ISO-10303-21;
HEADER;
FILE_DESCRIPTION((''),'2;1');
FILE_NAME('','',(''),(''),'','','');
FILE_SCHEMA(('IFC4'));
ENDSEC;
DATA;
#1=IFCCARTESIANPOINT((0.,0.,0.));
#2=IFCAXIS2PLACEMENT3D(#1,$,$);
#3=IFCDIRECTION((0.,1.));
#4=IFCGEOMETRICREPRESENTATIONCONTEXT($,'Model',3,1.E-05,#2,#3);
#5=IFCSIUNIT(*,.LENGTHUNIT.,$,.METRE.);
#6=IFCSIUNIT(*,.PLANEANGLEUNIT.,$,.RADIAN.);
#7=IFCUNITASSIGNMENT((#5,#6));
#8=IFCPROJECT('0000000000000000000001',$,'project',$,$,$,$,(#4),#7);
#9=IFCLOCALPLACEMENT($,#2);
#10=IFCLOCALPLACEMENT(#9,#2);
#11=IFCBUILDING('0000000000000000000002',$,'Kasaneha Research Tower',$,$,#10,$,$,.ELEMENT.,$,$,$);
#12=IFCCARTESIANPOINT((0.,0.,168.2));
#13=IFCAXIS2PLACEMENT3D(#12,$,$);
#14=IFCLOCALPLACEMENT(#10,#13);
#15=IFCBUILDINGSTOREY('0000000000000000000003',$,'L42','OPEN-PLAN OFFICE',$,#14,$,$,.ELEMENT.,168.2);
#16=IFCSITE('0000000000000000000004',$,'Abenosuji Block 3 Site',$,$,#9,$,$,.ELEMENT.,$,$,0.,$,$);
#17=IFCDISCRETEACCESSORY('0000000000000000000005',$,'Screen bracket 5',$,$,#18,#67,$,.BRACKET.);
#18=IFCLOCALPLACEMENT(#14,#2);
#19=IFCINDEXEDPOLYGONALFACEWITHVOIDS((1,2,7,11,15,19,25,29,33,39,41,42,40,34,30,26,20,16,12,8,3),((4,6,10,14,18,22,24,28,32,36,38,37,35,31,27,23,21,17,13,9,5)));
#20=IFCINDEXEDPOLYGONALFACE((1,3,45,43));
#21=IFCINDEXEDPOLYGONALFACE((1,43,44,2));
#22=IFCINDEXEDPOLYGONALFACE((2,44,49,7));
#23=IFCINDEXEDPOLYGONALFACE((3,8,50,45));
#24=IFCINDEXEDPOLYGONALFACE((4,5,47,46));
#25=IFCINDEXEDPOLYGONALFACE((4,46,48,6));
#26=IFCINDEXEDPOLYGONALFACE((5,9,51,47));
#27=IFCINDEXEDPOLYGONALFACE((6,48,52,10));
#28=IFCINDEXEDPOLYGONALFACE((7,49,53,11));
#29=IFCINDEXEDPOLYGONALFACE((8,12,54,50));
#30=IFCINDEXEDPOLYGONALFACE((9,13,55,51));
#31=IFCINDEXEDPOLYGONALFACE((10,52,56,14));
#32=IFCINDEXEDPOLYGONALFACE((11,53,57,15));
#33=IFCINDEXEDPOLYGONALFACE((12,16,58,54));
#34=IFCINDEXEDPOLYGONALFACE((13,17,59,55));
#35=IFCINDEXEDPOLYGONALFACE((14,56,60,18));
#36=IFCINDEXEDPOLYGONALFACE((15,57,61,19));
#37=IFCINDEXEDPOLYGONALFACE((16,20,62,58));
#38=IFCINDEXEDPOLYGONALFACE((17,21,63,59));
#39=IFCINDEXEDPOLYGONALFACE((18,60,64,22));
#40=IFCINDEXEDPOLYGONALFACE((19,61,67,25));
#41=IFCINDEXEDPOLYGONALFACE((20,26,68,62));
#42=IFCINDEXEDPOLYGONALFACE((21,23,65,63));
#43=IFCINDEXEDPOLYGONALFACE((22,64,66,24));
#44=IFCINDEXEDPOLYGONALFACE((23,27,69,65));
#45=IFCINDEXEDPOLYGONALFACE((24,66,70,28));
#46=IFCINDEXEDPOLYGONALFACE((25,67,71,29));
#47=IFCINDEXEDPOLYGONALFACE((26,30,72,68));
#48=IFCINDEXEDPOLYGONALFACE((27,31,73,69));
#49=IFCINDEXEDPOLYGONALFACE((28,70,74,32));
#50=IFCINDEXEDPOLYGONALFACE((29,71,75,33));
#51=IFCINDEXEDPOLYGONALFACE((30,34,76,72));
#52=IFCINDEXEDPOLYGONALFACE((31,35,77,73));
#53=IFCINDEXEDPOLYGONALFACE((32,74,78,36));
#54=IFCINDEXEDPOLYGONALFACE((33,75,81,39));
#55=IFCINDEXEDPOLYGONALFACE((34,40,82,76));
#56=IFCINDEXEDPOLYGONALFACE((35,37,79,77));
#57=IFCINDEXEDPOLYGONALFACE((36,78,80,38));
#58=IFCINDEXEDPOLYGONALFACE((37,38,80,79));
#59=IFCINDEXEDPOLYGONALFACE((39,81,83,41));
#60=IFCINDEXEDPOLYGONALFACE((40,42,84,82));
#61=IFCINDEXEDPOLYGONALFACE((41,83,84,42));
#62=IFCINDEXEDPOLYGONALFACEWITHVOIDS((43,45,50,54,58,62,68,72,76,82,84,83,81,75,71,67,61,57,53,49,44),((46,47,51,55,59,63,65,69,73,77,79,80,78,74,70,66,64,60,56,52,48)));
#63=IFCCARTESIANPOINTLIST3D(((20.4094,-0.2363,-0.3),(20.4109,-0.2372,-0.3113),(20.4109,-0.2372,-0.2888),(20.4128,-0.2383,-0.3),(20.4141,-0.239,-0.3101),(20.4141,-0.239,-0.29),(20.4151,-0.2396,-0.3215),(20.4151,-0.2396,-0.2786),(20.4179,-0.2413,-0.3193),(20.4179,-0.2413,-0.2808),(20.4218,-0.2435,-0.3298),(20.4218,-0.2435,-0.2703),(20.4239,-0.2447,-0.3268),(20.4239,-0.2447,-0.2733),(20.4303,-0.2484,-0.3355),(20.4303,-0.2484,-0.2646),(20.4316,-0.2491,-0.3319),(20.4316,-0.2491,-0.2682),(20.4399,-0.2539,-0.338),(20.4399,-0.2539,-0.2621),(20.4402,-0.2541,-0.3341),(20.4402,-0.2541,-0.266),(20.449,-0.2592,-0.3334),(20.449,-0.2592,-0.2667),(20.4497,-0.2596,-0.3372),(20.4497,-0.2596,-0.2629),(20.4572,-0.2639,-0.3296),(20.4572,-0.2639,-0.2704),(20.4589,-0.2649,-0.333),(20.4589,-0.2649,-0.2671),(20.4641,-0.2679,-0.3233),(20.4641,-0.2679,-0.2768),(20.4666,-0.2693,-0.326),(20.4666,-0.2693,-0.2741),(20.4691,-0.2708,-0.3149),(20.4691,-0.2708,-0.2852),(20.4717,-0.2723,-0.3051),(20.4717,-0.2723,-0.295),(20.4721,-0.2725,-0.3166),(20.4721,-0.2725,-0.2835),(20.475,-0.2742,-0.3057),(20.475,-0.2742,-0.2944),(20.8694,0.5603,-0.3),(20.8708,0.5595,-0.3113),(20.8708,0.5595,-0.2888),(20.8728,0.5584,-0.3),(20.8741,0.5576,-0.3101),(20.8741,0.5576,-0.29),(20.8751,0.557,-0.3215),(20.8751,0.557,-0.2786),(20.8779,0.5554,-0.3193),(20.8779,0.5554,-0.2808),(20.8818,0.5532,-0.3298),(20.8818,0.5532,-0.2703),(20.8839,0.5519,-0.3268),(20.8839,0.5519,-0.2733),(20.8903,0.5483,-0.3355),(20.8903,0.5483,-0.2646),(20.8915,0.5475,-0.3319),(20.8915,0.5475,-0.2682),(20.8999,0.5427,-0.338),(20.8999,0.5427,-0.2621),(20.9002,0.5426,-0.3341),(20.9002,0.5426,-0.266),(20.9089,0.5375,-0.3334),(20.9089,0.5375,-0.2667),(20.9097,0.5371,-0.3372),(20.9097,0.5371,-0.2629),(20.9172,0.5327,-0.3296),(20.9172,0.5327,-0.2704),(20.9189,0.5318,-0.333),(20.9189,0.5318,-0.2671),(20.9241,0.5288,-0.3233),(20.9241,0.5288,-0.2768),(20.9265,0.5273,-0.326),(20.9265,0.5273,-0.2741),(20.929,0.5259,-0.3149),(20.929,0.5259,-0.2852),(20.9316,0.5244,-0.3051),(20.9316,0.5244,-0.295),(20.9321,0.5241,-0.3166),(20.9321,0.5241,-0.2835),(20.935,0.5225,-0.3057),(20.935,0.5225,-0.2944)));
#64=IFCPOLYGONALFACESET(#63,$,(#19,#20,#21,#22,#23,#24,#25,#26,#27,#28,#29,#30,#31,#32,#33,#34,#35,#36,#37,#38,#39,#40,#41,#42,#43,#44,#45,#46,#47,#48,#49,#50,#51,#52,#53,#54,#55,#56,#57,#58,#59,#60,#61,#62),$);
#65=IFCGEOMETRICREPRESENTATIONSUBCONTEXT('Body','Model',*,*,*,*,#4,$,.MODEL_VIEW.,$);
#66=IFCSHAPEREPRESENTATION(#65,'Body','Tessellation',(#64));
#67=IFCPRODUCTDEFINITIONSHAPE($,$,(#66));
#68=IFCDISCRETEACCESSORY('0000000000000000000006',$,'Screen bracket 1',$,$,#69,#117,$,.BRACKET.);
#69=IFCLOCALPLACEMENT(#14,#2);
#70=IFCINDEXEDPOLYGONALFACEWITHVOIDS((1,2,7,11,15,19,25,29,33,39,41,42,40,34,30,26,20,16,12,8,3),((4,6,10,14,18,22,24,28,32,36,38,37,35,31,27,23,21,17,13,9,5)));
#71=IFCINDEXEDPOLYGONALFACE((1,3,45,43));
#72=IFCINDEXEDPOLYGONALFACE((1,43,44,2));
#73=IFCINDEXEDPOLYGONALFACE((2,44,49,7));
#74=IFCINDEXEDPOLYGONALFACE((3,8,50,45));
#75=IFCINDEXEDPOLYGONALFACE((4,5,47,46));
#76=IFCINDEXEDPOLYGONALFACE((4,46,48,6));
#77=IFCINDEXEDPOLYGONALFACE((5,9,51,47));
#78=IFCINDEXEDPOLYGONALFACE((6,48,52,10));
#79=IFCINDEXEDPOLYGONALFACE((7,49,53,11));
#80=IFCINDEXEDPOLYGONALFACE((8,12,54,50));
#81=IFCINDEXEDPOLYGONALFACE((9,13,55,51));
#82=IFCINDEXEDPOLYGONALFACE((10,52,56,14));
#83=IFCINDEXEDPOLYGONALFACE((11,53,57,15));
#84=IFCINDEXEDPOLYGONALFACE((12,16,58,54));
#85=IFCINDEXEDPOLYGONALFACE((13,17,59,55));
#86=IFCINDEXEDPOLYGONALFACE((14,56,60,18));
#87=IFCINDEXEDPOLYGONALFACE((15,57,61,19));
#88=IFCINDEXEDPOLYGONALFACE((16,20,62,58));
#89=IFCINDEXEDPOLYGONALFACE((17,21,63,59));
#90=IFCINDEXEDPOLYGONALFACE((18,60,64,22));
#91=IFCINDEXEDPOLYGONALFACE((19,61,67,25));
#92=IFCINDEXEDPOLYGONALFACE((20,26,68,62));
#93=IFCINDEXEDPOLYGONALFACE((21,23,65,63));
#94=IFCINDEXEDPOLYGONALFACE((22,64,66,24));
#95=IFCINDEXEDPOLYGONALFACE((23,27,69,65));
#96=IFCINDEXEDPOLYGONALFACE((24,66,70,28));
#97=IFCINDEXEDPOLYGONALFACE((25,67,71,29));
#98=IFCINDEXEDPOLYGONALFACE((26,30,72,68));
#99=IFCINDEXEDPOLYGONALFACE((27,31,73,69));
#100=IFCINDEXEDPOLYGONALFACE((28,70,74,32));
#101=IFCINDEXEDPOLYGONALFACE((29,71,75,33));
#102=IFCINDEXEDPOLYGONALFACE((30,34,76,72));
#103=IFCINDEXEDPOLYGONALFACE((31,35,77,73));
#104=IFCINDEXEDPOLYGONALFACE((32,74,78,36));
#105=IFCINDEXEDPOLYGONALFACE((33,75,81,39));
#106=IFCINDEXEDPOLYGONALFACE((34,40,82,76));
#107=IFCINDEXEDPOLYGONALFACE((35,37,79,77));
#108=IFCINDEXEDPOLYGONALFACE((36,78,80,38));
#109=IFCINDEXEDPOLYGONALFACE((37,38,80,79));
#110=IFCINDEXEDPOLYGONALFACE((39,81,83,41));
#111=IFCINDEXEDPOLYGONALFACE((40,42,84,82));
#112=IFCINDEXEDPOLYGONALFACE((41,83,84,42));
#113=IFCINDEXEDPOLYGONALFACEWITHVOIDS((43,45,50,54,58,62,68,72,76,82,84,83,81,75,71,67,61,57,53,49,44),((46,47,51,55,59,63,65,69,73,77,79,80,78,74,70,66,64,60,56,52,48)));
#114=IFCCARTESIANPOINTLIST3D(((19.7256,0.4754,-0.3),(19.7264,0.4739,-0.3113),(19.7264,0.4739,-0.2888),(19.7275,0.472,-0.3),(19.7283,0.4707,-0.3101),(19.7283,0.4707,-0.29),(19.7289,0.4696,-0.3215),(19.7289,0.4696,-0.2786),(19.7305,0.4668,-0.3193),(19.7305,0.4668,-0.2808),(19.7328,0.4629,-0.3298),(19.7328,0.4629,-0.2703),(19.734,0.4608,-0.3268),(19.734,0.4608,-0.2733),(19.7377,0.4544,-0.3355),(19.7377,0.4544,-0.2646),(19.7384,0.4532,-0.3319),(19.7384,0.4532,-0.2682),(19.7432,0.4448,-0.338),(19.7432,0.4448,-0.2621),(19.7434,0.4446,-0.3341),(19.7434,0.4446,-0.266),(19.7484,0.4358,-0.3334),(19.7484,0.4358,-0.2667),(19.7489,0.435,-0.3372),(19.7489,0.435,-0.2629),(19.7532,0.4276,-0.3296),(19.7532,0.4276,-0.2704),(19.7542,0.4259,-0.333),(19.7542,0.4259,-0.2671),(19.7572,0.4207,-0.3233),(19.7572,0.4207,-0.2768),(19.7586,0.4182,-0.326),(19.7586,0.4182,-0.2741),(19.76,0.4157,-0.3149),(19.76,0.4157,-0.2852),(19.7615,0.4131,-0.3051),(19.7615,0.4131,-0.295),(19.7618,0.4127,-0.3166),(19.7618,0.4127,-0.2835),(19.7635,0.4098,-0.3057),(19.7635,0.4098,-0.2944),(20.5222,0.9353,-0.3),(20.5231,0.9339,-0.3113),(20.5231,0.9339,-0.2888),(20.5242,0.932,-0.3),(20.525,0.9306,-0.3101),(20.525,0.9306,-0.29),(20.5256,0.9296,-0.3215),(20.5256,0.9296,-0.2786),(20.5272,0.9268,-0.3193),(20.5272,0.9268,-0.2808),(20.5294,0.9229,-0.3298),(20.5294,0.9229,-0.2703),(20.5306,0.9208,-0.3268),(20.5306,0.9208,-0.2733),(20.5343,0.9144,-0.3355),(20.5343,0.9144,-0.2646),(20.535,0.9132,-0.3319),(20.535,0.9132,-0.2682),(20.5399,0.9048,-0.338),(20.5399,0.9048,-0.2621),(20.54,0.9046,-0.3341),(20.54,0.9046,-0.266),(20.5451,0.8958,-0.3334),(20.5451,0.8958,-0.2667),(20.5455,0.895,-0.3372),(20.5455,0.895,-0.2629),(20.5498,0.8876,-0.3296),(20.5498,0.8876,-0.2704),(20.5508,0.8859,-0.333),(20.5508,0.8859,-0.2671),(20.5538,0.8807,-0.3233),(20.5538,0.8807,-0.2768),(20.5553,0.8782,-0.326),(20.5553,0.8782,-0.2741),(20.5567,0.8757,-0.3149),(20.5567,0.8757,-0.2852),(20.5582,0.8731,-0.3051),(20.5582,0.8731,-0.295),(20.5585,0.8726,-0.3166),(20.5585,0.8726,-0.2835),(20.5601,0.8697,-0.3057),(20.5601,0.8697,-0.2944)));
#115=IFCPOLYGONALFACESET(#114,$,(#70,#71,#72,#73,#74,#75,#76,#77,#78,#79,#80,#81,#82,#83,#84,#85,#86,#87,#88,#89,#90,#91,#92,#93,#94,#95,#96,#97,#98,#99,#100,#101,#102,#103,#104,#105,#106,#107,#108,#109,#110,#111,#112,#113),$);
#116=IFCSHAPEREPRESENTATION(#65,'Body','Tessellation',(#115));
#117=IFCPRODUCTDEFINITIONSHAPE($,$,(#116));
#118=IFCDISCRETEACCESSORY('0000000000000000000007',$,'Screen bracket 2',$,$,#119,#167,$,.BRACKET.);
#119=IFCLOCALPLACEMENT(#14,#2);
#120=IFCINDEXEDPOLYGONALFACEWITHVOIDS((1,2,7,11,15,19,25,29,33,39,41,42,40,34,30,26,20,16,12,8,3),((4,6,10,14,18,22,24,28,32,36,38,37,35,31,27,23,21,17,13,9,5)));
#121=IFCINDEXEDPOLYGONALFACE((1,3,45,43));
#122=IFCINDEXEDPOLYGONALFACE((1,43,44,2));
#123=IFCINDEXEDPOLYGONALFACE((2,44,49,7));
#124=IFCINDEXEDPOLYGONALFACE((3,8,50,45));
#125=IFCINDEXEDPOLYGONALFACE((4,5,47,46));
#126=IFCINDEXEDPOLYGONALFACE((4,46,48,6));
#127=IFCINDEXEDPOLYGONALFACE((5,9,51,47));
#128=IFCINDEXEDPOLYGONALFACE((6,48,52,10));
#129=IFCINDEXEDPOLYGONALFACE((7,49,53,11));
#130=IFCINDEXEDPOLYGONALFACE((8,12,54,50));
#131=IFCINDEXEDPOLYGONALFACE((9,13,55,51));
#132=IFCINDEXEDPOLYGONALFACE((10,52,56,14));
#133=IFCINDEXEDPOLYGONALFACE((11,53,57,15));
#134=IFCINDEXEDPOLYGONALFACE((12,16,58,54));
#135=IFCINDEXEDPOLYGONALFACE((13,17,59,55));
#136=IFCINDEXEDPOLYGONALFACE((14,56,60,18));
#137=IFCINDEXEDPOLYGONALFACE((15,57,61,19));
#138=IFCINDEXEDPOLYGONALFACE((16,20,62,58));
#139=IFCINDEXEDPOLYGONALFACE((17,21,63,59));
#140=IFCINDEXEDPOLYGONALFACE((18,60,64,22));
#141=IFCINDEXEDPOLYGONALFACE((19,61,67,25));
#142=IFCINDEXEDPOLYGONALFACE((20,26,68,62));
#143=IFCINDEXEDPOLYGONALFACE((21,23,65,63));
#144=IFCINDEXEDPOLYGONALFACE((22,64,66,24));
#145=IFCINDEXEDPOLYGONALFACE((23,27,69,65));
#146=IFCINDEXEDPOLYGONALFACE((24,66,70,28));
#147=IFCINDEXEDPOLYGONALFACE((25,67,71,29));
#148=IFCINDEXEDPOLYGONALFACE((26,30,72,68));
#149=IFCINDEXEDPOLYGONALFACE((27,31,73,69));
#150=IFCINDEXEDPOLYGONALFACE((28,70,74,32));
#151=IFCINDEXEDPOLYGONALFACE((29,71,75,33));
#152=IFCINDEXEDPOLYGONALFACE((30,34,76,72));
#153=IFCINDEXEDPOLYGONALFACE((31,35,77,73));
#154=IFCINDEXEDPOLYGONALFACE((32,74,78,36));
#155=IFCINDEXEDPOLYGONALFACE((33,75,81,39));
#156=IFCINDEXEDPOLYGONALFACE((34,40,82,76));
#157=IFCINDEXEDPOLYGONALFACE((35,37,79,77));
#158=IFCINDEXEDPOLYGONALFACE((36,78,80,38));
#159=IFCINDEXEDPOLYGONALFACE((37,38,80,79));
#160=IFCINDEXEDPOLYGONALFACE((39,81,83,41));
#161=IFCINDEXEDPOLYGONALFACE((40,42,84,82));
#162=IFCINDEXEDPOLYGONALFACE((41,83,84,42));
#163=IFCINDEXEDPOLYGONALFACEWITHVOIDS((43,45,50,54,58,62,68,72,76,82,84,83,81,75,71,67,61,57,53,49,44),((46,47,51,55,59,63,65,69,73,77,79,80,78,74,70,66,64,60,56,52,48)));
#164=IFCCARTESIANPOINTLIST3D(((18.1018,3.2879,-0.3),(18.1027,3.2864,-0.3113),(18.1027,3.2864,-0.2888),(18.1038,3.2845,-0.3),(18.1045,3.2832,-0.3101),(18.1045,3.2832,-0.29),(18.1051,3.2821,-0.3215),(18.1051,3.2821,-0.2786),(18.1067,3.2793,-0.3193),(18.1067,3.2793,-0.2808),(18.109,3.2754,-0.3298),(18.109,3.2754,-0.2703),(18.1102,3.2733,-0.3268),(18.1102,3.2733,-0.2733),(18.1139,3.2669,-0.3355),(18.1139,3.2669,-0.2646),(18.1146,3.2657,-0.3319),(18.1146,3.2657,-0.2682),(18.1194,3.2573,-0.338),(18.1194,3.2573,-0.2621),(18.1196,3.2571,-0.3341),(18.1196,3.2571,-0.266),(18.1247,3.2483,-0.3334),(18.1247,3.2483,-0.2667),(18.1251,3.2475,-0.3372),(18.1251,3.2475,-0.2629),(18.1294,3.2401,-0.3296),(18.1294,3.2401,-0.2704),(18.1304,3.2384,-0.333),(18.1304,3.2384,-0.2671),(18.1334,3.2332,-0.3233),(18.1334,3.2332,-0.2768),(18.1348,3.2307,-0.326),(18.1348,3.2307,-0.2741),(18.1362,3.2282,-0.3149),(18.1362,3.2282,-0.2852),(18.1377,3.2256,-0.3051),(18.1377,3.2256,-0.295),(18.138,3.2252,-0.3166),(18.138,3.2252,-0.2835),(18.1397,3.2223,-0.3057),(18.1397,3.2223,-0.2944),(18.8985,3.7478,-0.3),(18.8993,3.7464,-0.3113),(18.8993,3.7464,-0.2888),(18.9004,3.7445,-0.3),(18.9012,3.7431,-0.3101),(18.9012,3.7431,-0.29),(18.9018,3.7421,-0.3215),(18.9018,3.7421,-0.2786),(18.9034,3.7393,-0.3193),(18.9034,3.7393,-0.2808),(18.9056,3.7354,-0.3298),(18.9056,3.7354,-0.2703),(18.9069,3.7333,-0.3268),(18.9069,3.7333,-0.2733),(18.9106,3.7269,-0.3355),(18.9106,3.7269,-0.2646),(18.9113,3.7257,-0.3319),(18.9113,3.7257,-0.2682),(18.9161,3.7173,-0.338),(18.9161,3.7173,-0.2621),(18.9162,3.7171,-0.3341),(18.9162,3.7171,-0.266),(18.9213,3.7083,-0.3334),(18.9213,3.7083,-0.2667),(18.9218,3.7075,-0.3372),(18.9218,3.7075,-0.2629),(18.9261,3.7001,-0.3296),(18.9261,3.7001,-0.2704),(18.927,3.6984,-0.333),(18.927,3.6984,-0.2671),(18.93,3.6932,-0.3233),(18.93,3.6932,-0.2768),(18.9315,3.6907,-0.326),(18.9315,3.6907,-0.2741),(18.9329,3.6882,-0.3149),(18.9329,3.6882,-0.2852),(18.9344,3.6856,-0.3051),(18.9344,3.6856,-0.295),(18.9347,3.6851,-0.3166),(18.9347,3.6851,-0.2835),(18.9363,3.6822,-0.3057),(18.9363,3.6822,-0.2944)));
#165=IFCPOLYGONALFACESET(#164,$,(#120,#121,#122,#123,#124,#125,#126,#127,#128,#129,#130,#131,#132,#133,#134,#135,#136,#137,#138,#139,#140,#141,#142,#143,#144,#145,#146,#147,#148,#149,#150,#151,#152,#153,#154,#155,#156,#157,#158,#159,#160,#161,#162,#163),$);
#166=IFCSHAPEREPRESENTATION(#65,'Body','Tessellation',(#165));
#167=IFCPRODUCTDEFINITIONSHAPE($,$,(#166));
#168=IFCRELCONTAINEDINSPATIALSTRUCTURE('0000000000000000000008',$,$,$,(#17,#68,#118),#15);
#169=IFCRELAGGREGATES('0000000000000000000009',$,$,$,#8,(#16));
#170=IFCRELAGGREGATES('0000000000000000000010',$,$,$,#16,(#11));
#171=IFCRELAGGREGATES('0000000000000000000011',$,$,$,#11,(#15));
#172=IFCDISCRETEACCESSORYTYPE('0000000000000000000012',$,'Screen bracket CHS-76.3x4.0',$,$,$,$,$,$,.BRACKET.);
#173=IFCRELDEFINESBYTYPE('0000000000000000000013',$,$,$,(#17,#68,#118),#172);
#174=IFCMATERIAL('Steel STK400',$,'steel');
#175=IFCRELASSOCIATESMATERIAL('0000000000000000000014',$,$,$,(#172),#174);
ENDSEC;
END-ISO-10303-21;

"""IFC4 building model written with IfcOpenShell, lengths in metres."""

from ifc_helpers import new_model, si_unit, direction, frame, origin, origin_2d, place, context, subcontext, project, spatial, hollow_circle, extrude, material, material_profile, profile_set, type_object, element, save


model = new_model("IFC4")

# Units and contexts
model_context = context("Model", 3, precision=1e-05, world=origin(), true_north=direction((0.0, 1.0)))
body_context = subcontext(model_context, "Body", "Model", "MODEL_VIEW")
ifc_project = project(units=[si_unit("LENGTHUNIT", "METRE"), si_unit("PLANEANGLEUNIT", "RADIAN")], contexts=[model_context])

# Site, building, storey
site_placement = place(None, origin())
site = spatial("IfcSite", under=ifc_project, at=site_placement, Name="Abenosuji Block 3 Site", CompositionType="ELEMENT", RefElevation=0.0)
building_placement = place(site_placement, origin())
building = spatial("IfcBuilding", under=site, at=building_placement, Name="Kasaneha Research Tower", CompositionType="ELEMENT")
storey_placement = place(building_placement, frame((0.0, 0.0, 168.2)))
storey = spatial("IfcBuildingStorey", under=building, at=storey_placement, Name="L42", Description="OPEN-PLAN OFFICE", CompositionType="ELEMENT", Elevation=168.2)

# Discrete accessories
ifc_material_1 = material(Name="Steel STK400", Category="steel")
ifc_material_profile_1 = material_profile(ifc_material_1, hollow_circle(Radius=0.0381, WallThickness=0.0039, at=origin_2d()), Name="CHS-76.3x4.0")
ifc_profile_set_1 = profile_set([ifc_material_profile_1], Name="Steel STK400")
discrete_accessory_type = type_object("IfcDiscreteAccessoryType", Name="Screen bracket CHS-76.3x4.0", PredefinedType="BRACKET", material=ifc_profile_set_1)
for number, where, z_axis, x_axis, name in (
    (1, (20.4424, -0.2554, -0.3), (0.500021, 0.866013, 0.0), (-0.866013, 0.500021, 0.0), "Screen bracket 5"),
    (2, (19.7446, 0.4424, -0.3), (0.866013, 0.500021, 0.0), (-0.500021, 0.866013, 0.0), "Screen bracket 1"),
    (3, (18.1208, 3.2549, -0.3), (0.866013, 0.500021, 0.0), (-0.500021, 0.866013, 0.0), "Screen bracket 2"),
):
    element("IfcDiscreteAccessory", number, at=place(storey_placement, frame(where, z_axis=z_axis, x_axis=x_axis)), inside=storey, type_object=discrete_accessory_type, Name=name, PredefinedType="BRACKET", context=body_context, shape_type="SweptSolid", body=[
        extrude(hollow_circle(Radius=0.0381, WallThickness=0.0039, at=origin_2d()), origin(), (0.0, 0.0, 1.0), 0.9199),
    ])

save(model, "model.ifc")
